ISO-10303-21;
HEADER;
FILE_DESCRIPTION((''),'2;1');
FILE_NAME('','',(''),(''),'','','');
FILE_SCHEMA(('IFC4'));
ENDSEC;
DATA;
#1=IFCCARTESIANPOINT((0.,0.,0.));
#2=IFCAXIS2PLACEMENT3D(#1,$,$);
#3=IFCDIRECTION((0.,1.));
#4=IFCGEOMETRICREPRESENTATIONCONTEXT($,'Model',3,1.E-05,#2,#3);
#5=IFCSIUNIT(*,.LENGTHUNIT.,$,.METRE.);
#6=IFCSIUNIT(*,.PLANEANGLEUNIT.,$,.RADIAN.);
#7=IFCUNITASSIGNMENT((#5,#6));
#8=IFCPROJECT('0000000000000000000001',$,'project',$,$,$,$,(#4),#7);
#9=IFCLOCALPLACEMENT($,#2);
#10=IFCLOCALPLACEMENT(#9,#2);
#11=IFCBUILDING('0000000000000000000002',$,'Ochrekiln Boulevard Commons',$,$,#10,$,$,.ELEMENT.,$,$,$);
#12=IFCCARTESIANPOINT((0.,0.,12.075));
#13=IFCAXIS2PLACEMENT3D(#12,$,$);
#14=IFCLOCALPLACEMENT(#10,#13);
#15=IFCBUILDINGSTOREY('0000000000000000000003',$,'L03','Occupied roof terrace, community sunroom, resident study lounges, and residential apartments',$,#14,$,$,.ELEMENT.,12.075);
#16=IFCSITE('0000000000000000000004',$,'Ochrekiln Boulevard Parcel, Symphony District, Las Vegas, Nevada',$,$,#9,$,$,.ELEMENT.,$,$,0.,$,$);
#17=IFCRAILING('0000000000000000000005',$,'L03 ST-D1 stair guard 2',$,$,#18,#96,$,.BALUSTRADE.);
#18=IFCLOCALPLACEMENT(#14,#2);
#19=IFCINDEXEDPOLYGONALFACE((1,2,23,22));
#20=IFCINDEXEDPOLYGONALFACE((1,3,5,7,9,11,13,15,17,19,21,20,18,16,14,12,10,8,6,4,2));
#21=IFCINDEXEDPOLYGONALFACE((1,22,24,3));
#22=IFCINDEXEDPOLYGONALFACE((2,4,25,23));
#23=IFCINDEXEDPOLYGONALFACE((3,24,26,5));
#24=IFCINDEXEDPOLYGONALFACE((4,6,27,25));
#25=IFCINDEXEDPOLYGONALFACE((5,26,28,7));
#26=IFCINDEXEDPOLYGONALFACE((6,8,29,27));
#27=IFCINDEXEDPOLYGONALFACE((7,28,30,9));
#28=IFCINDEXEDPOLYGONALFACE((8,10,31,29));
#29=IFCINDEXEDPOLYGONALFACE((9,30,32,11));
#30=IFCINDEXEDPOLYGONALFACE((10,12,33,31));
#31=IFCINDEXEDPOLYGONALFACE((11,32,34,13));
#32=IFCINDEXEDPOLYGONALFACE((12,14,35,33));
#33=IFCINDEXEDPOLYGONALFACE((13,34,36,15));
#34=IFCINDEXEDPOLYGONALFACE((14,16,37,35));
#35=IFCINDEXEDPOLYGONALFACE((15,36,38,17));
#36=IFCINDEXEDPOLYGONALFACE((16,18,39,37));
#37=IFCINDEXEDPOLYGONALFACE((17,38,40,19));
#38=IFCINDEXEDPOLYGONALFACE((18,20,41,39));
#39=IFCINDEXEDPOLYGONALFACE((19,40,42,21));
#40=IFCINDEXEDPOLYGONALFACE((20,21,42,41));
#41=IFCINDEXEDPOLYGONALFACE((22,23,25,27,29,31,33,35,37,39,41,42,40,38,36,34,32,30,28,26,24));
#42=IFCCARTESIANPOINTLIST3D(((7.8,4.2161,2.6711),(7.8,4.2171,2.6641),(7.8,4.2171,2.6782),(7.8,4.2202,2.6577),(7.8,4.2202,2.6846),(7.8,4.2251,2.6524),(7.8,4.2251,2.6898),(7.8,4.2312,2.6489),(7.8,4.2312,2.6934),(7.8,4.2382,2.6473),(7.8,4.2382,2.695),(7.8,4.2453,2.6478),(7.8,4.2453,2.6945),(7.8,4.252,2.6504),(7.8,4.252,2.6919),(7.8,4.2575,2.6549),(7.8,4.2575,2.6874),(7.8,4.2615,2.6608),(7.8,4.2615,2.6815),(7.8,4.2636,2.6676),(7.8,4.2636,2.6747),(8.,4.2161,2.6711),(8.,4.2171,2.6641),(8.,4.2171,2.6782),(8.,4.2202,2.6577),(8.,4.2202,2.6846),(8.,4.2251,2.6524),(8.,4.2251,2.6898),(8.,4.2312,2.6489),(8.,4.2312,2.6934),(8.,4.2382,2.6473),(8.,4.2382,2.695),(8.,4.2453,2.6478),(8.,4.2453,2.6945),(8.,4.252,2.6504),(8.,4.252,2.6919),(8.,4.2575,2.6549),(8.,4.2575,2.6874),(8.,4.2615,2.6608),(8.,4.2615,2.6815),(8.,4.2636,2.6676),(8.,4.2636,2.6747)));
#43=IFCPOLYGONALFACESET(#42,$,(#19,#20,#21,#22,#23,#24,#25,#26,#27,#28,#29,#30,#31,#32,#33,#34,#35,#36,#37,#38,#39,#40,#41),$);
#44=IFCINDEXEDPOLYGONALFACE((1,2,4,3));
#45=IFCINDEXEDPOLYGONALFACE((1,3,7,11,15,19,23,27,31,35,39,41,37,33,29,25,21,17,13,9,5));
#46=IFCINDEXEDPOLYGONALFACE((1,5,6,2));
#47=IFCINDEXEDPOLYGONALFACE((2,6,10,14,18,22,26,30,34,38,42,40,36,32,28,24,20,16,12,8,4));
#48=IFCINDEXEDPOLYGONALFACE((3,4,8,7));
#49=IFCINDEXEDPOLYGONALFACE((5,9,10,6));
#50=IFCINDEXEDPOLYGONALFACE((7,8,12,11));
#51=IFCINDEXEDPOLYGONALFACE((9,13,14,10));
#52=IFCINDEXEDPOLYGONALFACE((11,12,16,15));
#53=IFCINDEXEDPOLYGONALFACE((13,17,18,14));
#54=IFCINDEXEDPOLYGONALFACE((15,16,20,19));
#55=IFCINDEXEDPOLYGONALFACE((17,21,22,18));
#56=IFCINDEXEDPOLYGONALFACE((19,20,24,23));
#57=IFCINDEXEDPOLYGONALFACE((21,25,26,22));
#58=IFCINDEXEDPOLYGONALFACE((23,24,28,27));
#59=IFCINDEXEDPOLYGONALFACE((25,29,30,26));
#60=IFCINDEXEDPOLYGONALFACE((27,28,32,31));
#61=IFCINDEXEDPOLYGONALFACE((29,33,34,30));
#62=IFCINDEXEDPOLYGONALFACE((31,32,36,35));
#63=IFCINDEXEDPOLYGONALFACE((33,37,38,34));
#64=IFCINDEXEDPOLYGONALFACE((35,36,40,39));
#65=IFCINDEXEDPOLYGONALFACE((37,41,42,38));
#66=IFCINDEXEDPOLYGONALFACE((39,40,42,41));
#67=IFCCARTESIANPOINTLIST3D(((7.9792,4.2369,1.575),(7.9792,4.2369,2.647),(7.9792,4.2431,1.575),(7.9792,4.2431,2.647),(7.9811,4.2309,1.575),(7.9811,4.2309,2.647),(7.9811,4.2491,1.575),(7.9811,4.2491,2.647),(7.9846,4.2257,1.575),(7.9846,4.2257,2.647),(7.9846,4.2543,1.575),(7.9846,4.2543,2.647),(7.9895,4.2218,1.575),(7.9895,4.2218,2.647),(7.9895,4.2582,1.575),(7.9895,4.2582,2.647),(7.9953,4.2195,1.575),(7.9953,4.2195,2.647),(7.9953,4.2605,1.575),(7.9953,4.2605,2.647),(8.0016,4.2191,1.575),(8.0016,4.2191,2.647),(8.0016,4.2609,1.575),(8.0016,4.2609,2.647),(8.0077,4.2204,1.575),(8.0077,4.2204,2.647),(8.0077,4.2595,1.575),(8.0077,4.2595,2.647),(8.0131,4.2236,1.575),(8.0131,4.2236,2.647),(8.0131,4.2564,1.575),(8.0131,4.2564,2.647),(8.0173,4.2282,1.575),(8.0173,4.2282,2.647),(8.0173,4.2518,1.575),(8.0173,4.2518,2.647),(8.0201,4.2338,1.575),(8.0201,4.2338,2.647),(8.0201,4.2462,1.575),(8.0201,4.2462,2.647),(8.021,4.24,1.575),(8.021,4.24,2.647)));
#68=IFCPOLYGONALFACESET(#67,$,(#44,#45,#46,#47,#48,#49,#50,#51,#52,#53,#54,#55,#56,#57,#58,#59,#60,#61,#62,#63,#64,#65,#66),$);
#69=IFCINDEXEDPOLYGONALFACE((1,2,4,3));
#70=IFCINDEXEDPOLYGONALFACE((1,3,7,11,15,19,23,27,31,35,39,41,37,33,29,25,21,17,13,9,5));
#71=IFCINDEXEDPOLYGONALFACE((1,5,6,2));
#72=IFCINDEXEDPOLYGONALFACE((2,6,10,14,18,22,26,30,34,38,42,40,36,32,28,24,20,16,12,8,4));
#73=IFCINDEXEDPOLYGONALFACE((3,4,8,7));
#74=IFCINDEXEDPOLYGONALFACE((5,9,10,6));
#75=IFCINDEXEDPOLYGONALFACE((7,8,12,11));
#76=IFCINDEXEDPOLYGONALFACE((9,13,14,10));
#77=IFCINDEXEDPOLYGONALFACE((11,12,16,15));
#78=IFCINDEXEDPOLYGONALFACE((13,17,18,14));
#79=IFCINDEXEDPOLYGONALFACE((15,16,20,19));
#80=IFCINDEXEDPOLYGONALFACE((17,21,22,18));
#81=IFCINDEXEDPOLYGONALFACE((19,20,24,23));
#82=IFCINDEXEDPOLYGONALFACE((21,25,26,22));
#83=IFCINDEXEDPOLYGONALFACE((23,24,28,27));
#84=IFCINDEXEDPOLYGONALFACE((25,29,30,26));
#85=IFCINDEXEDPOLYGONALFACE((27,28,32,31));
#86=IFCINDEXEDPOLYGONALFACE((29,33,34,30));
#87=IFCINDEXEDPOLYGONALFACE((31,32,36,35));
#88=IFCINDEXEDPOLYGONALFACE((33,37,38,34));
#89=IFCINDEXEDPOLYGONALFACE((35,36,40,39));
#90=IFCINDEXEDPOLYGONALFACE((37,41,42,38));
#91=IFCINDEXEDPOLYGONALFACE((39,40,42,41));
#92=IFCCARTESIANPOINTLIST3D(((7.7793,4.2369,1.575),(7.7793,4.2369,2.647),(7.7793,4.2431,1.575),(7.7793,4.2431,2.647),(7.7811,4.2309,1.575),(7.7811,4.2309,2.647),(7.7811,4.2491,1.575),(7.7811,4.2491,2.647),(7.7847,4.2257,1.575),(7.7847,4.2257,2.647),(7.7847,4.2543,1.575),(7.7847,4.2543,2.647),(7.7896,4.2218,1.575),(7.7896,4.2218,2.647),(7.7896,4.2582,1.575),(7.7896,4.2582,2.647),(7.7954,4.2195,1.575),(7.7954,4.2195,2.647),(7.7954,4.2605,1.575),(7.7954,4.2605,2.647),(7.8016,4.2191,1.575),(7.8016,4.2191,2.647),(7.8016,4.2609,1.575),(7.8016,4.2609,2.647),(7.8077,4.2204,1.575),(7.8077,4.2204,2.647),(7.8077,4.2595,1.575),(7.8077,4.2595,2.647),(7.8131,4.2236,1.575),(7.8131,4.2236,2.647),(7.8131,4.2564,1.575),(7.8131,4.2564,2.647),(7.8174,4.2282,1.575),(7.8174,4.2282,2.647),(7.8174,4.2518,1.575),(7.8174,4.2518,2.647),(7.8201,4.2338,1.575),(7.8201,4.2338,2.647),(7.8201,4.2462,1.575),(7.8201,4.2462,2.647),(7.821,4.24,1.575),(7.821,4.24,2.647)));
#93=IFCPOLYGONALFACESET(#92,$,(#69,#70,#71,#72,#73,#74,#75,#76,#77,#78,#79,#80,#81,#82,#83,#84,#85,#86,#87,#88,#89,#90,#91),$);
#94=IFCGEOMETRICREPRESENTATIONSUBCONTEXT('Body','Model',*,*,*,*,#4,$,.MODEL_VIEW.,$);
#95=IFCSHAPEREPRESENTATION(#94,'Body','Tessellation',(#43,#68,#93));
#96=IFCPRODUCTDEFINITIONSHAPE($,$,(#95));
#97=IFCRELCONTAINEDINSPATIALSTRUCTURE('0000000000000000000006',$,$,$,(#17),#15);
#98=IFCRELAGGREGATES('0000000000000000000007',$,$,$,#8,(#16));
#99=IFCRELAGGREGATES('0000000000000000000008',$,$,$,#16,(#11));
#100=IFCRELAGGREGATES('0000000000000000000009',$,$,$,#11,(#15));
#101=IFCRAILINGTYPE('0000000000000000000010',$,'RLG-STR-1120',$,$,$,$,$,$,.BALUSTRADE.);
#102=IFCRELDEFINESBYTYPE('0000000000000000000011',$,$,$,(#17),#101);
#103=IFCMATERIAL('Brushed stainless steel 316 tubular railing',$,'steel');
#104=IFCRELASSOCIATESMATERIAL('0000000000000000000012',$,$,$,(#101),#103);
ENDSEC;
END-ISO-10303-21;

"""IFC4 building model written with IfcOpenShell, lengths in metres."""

from ifc_helpers import new_model, si_unit, direction, frame, origin, origin_2d, place, context, subcontext, project, spatial, circle, extrude, material, type_object, element, save


model = new_model("IFC4")

# Units and contexts
model_context = context("Model", 3, precision=1e-05, world=origin(), true_north=direction((0.0, 1.0)))
body_context = subcontext(model_context, "Body", "Model", "MODEL_VIEW")
ifc_project = project(units=[si_unit("LENGTHUNIT", "METRE"), si_unit("PLANEANGLEUNIT", "RADIAN")], contexts=[model_context])

# Site, building, storey
site_placement = place(None, origin())
site = spatial("IfcSite", under=ifc_project, at=site_placement, Name="Ochrekiln Boulevard Parcel, Symphony District, Las Vegas, Nevada", CompositionType="ELEMENT", RefElevation=0.0)
building_placement = place(site_placement, origin())
building = spatial("IfcBuilding", under=site, at=building_placement, Name="Ochrekiln Boulevard Commons", CompositionType="ELEMENT")
storey_placement = place(building_placement, frame((0.0, 0.0, 12.075)))
storey = spatial("IfcBuildingStorey", under=building, at=storey_placement, Name="L03", Description="Occupied roof terrace, community sunroom, resident study lounges, and residential apartments", CompositionType="ELEMENT", Elevation=12.075)

# Railing
ifc_material_1 = material(Name="Brushed stainless steel 316 tubular railing", Category="steel")
railing_type_1 = type_object("IfcRailingType", Name="RLG-STR-1120", PredefinedType="BALUSTRADE", material=ifc_material_1)
railing_1_placement = place(storey_placement, frame((8.0, 4.24, 1.575)))
element("IfcRailing", 1, at=railing_1_placement, inside=storey, type_object=railing_type_1, Name="L03 ST-D1 stair guard 2", PredefinedType="BALUSTRADE", context=body_context, shape_type="SweptSolid", body=[
    extrude(circle(Radius=0.0239, at=origin_2d()), frame((0.0, 0.0, 1.0962), z_axis=(-1.0, 0.0, 0.0), x_axis=(0.0, -1.0, 0.0)), (0.0, 0.0, 1.0), 0.2),
    extrude(circle(Radius=0.021, at=origin_2d()), origin(), (0.0, 0.0, 1.0), 1.072),
    extrude(circle(Radius=0.021, at=origin_2d()), frame((-0.2, 0.0, 0.0)), (0.0, 0.0, 1.0), 1.072),
])

save(model, "model.ifc")
